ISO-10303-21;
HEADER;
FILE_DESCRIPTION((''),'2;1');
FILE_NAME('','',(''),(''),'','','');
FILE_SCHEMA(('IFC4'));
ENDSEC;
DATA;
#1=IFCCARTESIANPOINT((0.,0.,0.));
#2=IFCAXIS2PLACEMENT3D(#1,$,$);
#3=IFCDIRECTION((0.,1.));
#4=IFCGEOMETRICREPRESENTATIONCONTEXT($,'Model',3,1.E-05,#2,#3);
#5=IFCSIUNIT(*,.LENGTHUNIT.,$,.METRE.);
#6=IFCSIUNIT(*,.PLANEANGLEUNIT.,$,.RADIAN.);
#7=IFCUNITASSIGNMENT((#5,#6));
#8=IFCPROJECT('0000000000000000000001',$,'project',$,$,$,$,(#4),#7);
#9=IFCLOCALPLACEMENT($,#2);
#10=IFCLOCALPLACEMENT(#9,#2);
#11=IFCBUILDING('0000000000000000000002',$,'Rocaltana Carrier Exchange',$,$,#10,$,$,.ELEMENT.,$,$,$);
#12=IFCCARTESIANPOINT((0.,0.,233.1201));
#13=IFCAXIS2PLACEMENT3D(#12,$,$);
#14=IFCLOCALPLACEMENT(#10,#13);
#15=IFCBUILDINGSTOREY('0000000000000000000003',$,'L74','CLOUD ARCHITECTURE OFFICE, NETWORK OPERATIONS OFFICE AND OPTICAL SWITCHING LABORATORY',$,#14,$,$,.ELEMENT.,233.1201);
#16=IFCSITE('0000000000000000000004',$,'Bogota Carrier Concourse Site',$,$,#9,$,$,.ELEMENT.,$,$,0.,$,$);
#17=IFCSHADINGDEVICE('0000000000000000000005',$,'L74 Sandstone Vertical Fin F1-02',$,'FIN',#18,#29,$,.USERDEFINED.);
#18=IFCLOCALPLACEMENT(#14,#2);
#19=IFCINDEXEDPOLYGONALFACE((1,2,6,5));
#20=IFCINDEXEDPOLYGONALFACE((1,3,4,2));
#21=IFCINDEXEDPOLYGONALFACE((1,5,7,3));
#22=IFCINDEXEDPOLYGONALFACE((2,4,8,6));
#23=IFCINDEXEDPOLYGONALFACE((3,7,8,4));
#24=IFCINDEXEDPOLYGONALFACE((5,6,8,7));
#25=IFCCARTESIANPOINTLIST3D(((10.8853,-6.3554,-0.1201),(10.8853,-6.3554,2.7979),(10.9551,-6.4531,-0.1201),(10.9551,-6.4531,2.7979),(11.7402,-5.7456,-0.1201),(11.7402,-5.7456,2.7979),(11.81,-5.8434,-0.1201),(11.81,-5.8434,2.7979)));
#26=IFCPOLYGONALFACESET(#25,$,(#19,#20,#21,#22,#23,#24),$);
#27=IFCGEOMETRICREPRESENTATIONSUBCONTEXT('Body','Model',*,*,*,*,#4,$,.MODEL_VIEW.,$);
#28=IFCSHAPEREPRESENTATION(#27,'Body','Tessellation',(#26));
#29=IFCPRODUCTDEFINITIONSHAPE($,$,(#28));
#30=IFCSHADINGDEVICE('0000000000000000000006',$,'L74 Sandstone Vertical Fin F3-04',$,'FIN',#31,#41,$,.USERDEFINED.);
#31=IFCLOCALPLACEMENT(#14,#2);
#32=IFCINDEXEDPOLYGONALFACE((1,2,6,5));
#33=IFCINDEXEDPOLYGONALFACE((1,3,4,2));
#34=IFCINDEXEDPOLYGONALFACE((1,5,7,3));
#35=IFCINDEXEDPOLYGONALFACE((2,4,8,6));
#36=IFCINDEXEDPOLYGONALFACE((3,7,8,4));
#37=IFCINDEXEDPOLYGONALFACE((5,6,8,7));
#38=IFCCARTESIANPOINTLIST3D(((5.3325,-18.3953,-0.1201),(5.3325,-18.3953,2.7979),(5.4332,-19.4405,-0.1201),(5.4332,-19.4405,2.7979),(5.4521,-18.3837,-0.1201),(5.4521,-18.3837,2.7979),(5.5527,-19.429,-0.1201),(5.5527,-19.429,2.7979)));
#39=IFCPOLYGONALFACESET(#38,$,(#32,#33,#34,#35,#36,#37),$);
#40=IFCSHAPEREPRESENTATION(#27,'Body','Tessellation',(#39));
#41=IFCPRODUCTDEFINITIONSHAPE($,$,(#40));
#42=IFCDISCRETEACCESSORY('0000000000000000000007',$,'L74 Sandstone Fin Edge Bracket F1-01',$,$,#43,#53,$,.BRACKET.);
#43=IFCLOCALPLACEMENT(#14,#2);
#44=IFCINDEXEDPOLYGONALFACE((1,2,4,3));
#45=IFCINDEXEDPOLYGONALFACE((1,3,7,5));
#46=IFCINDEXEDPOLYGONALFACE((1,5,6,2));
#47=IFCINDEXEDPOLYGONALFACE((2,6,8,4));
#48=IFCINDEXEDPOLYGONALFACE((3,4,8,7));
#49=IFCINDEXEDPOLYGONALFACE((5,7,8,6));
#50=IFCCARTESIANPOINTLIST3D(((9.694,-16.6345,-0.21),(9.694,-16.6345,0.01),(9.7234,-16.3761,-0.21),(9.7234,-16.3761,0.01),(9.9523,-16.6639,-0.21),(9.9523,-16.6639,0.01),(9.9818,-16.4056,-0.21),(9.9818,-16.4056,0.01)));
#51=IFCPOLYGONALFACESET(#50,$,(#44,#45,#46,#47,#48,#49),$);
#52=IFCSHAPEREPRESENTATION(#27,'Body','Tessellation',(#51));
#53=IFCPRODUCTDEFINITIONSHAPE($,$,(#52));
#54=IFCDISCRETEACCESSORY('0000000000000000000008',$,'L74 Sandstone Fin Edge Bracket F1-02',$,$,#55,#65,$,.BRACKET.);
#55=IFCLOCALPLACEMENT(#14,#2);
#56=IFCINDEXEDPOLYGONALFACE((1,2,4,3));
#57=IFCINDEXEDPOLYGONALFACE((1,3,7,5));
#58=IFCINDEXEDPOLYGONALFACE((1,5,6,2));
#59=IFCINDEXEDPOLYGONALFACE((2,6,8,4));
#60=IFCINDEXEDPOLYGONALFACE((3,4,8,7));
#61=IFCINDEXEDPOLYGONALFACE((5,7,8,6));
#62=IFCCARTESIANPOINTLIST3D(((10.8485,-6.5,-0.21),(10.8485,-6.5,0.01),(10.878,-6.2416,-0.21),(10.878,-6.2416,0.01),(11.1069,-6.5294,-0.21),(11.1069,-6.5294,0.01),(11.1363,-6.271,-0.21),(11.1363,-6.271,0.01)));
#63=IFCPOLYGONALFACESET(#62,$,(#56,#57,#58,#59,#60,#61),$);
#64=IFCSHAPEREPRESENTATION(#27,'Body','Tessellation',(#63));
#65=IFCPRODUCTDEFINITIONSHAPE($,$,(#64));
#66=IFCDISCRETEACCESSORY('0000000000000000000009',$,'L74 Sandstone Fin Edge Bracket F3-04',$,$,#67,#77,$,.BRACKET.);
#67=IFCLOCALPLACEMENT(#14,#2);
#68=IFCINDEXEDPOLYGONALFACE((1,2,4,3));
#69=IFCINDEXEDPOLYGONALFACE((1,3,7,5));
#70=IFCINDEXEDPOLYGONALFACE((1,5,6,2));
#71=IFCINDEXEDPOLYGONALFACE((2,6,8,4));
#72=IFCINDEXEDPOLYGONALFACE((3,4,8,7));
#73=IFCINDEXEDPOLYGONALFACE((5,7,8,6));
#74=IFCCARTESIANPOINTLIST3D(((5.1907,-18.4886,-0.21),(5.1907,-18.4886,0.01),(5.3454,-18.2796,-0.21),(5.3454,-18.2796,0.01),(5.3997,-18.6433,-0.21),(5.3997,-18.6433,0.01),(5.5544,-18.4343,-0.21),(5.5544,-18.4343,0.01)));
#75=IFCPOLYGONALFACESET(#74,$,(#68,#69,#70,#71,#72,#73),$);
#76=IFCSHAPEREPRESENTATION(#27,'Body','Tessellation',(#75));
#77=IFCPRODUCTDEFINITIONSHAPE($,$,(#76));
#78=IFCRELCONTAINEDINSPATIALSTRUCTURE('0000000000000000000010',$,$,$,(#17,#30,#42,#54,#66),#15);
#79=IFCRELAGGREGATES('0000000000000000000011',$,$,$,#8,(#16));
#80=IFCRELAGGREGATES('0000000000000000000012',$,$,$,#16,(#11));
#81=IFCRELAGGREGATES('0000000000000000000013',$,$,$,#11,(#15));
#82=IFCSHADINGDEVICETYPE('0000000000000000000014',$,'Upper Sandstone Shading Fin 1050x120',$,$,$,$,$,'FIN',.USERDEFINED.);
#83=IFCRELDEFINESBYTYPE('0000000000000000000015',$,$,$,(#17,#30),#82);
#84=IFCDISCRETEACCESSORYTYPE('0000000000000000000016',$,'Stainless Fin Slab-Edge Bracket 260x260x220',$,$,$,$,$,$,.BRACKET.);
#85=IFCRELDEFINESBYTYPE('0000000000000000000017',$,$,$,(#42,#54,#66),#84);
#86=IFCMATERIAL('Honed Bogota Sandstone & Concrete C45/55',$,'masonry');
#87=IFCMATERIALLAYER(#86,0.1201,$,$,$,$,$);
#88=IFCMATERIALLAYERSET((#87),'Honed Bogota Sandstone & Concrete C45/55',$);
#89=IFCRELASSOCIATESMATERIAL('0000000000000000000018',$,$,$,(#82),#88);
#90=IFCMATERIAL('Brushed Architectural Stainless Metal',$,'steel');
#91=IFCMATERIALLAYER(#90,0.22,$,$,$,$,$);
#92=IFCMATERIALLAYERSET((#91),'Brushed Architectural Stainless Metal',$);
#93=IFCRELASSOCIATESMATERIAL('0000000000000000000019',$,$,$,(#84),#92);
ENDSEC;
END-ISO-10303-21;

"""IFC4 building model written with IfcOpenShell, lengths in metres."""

from ifc_helpers import new_model, si_unit, direction, frame, origin, origin_2d, place, context, subcontext, project, spatial, rectangle, extrude, material, layer, layer_set, type_object, element, save


model = new_model("IFC4")

# Units and contexts
model_context = context("Model", 3, precision=1e-05, world=origin(), true_north=direction((0.0, 1.0)))
body_context = subcontext(model_context, "Body", "Model", "MODEL_VIEW")
ifc_project = project(units=[si_unit("LENGTHUNIT", "METRE"), si_unit("PLANEANGLEUNIT", "RADIAN")], contexts=[model_context])

# Site, building, storey
site_placement = place(None, origin())
site = spatial("IfcSite", under=ifc_project, at=site_placement, Name="Bogota Carrier Concourse Site", CompositionType="ELEMENT", RefElevation=0.0)
building_placement = place(site_placement, origin())
building = spatial("IfcBuilding", under=site, at=building_placement, Name="Rocaltana Carrier Exchange", CompositionType="ELEMENT")
storey_placement = place(building_placement, frame((0.0, 0.0, 233.1201)))
storey = spatial("IfcBuildingStorey", under=building, at=storey_placement, Name="L74", Description="CLOUD ARCHITECTURE OFFICE, NETWORK OPERATIONS OFFICE AND OPTICAL SWITCHING LABORATORY", CompositionType="ELEMENT", Elevation=233.1201)

# Shading devices
ifc_material_1 = material(Name="Honed Bogota Sandstone & Concrete C45/55", Category="masonry")
ifc_layer_1 = layer(ifc_material_1, 0.1201)
ifc_layer_set_1 = layer_set([ifc_layer_1], Name="Honed Bogota Sandstone & Concrete C45/55")
shading_device_type = type_object("IfcShadingDeviceType", Name="Upper Sandstone Shading Fin 1050x120", ElementType="FIN", PredefinedType="USERDEFINED", material=ifc_layer_set_1)
for number, where, z_axis, x_axis, name in (
    (1, (11.3477, -6.0994, -0.1201), (0.0, 0.0, 1.0), (0.814116, 0.580703, 0.0), "L74 Sandstone Vertical Fin F1-02"),
    (2, (5.4426, -18.9121, -0.1201), (0.0, 0.0, 1.0), (0.095846, -0.995396, 0.0), "L74 Sandstone Vertical Fin F3-04"),
):
    element("IfcShadingDevice", number, at=place(storey_placement, frame(where, z_axis=z_axis, x_axis=x_axis)), inside=storey, type_object=shading_device_type, Name=name, ObjectType="FIN", PredefinedType="USERDEFINED", context=body_context, shape_type="SweptSolid", body=[
        extrude(rectangle(XDim=1.05, YDim=0.1201, at=origin_2d()), origin(), (0.0, 0.0, 1.0), 2.918),
    ])

# Discrete accessories
ifc_material_2 = material(Name="Brushed Architectural Stainless Metal", Category="steel")
ifc_layer_2 = layer(ifc_material_2, 0.22)
ifc_layer_set_2 = layer_set([ifc_layer_2], Name="Brushed Architectural Stainless Metal")
discrete_accessory_type = type_object("IfcDiscreteAccessoryType", Name="Stainless Fin Slab-Edge Bracket 260x260x220", PredefinedType="BRACKET", material=ifc_layer_set_2)
for number, where, z_axis, x_axis, name in (
    (3, (9.8379, -16.52, -0.21), (0.0, 0.0, 1.0), (0.113203, 0.993572, 0.0), "L74 Sandstone Fin Edge Bracket F1-01"),
    (4, (10.9924, -6.3855, -0.21), (0.0, 0.0, 1.0), (0.113203, 0.993572, 0.0), "L74 Sandstone Fin Edge Bracket F1-02"),
    (5, (5.3726, -18.4614, -0.21), (0.0, 0.0, 1.0), (0.803857, -0.594823, 0.0), "L74 Sandstone Fin Edge Bracket F3-04"),
):
    element("IfcDiscreteAccessory", number, at=place(storey_placement, frame(where, z_axis=z_axis, x_axis=x_axis)), inside=storey, type_object=discrete_accessory_type, Name=name, PredefinedType="BRACKET", context=body_context, shape_type="SweptSolid", body=[
        extrude(rectangle(XDim=0.26, YDim=0.26, at=origin_2d()), origin(), (0.0, 0.0, 1.0), 0.22),
    ])

save(model, "model.ifc")
